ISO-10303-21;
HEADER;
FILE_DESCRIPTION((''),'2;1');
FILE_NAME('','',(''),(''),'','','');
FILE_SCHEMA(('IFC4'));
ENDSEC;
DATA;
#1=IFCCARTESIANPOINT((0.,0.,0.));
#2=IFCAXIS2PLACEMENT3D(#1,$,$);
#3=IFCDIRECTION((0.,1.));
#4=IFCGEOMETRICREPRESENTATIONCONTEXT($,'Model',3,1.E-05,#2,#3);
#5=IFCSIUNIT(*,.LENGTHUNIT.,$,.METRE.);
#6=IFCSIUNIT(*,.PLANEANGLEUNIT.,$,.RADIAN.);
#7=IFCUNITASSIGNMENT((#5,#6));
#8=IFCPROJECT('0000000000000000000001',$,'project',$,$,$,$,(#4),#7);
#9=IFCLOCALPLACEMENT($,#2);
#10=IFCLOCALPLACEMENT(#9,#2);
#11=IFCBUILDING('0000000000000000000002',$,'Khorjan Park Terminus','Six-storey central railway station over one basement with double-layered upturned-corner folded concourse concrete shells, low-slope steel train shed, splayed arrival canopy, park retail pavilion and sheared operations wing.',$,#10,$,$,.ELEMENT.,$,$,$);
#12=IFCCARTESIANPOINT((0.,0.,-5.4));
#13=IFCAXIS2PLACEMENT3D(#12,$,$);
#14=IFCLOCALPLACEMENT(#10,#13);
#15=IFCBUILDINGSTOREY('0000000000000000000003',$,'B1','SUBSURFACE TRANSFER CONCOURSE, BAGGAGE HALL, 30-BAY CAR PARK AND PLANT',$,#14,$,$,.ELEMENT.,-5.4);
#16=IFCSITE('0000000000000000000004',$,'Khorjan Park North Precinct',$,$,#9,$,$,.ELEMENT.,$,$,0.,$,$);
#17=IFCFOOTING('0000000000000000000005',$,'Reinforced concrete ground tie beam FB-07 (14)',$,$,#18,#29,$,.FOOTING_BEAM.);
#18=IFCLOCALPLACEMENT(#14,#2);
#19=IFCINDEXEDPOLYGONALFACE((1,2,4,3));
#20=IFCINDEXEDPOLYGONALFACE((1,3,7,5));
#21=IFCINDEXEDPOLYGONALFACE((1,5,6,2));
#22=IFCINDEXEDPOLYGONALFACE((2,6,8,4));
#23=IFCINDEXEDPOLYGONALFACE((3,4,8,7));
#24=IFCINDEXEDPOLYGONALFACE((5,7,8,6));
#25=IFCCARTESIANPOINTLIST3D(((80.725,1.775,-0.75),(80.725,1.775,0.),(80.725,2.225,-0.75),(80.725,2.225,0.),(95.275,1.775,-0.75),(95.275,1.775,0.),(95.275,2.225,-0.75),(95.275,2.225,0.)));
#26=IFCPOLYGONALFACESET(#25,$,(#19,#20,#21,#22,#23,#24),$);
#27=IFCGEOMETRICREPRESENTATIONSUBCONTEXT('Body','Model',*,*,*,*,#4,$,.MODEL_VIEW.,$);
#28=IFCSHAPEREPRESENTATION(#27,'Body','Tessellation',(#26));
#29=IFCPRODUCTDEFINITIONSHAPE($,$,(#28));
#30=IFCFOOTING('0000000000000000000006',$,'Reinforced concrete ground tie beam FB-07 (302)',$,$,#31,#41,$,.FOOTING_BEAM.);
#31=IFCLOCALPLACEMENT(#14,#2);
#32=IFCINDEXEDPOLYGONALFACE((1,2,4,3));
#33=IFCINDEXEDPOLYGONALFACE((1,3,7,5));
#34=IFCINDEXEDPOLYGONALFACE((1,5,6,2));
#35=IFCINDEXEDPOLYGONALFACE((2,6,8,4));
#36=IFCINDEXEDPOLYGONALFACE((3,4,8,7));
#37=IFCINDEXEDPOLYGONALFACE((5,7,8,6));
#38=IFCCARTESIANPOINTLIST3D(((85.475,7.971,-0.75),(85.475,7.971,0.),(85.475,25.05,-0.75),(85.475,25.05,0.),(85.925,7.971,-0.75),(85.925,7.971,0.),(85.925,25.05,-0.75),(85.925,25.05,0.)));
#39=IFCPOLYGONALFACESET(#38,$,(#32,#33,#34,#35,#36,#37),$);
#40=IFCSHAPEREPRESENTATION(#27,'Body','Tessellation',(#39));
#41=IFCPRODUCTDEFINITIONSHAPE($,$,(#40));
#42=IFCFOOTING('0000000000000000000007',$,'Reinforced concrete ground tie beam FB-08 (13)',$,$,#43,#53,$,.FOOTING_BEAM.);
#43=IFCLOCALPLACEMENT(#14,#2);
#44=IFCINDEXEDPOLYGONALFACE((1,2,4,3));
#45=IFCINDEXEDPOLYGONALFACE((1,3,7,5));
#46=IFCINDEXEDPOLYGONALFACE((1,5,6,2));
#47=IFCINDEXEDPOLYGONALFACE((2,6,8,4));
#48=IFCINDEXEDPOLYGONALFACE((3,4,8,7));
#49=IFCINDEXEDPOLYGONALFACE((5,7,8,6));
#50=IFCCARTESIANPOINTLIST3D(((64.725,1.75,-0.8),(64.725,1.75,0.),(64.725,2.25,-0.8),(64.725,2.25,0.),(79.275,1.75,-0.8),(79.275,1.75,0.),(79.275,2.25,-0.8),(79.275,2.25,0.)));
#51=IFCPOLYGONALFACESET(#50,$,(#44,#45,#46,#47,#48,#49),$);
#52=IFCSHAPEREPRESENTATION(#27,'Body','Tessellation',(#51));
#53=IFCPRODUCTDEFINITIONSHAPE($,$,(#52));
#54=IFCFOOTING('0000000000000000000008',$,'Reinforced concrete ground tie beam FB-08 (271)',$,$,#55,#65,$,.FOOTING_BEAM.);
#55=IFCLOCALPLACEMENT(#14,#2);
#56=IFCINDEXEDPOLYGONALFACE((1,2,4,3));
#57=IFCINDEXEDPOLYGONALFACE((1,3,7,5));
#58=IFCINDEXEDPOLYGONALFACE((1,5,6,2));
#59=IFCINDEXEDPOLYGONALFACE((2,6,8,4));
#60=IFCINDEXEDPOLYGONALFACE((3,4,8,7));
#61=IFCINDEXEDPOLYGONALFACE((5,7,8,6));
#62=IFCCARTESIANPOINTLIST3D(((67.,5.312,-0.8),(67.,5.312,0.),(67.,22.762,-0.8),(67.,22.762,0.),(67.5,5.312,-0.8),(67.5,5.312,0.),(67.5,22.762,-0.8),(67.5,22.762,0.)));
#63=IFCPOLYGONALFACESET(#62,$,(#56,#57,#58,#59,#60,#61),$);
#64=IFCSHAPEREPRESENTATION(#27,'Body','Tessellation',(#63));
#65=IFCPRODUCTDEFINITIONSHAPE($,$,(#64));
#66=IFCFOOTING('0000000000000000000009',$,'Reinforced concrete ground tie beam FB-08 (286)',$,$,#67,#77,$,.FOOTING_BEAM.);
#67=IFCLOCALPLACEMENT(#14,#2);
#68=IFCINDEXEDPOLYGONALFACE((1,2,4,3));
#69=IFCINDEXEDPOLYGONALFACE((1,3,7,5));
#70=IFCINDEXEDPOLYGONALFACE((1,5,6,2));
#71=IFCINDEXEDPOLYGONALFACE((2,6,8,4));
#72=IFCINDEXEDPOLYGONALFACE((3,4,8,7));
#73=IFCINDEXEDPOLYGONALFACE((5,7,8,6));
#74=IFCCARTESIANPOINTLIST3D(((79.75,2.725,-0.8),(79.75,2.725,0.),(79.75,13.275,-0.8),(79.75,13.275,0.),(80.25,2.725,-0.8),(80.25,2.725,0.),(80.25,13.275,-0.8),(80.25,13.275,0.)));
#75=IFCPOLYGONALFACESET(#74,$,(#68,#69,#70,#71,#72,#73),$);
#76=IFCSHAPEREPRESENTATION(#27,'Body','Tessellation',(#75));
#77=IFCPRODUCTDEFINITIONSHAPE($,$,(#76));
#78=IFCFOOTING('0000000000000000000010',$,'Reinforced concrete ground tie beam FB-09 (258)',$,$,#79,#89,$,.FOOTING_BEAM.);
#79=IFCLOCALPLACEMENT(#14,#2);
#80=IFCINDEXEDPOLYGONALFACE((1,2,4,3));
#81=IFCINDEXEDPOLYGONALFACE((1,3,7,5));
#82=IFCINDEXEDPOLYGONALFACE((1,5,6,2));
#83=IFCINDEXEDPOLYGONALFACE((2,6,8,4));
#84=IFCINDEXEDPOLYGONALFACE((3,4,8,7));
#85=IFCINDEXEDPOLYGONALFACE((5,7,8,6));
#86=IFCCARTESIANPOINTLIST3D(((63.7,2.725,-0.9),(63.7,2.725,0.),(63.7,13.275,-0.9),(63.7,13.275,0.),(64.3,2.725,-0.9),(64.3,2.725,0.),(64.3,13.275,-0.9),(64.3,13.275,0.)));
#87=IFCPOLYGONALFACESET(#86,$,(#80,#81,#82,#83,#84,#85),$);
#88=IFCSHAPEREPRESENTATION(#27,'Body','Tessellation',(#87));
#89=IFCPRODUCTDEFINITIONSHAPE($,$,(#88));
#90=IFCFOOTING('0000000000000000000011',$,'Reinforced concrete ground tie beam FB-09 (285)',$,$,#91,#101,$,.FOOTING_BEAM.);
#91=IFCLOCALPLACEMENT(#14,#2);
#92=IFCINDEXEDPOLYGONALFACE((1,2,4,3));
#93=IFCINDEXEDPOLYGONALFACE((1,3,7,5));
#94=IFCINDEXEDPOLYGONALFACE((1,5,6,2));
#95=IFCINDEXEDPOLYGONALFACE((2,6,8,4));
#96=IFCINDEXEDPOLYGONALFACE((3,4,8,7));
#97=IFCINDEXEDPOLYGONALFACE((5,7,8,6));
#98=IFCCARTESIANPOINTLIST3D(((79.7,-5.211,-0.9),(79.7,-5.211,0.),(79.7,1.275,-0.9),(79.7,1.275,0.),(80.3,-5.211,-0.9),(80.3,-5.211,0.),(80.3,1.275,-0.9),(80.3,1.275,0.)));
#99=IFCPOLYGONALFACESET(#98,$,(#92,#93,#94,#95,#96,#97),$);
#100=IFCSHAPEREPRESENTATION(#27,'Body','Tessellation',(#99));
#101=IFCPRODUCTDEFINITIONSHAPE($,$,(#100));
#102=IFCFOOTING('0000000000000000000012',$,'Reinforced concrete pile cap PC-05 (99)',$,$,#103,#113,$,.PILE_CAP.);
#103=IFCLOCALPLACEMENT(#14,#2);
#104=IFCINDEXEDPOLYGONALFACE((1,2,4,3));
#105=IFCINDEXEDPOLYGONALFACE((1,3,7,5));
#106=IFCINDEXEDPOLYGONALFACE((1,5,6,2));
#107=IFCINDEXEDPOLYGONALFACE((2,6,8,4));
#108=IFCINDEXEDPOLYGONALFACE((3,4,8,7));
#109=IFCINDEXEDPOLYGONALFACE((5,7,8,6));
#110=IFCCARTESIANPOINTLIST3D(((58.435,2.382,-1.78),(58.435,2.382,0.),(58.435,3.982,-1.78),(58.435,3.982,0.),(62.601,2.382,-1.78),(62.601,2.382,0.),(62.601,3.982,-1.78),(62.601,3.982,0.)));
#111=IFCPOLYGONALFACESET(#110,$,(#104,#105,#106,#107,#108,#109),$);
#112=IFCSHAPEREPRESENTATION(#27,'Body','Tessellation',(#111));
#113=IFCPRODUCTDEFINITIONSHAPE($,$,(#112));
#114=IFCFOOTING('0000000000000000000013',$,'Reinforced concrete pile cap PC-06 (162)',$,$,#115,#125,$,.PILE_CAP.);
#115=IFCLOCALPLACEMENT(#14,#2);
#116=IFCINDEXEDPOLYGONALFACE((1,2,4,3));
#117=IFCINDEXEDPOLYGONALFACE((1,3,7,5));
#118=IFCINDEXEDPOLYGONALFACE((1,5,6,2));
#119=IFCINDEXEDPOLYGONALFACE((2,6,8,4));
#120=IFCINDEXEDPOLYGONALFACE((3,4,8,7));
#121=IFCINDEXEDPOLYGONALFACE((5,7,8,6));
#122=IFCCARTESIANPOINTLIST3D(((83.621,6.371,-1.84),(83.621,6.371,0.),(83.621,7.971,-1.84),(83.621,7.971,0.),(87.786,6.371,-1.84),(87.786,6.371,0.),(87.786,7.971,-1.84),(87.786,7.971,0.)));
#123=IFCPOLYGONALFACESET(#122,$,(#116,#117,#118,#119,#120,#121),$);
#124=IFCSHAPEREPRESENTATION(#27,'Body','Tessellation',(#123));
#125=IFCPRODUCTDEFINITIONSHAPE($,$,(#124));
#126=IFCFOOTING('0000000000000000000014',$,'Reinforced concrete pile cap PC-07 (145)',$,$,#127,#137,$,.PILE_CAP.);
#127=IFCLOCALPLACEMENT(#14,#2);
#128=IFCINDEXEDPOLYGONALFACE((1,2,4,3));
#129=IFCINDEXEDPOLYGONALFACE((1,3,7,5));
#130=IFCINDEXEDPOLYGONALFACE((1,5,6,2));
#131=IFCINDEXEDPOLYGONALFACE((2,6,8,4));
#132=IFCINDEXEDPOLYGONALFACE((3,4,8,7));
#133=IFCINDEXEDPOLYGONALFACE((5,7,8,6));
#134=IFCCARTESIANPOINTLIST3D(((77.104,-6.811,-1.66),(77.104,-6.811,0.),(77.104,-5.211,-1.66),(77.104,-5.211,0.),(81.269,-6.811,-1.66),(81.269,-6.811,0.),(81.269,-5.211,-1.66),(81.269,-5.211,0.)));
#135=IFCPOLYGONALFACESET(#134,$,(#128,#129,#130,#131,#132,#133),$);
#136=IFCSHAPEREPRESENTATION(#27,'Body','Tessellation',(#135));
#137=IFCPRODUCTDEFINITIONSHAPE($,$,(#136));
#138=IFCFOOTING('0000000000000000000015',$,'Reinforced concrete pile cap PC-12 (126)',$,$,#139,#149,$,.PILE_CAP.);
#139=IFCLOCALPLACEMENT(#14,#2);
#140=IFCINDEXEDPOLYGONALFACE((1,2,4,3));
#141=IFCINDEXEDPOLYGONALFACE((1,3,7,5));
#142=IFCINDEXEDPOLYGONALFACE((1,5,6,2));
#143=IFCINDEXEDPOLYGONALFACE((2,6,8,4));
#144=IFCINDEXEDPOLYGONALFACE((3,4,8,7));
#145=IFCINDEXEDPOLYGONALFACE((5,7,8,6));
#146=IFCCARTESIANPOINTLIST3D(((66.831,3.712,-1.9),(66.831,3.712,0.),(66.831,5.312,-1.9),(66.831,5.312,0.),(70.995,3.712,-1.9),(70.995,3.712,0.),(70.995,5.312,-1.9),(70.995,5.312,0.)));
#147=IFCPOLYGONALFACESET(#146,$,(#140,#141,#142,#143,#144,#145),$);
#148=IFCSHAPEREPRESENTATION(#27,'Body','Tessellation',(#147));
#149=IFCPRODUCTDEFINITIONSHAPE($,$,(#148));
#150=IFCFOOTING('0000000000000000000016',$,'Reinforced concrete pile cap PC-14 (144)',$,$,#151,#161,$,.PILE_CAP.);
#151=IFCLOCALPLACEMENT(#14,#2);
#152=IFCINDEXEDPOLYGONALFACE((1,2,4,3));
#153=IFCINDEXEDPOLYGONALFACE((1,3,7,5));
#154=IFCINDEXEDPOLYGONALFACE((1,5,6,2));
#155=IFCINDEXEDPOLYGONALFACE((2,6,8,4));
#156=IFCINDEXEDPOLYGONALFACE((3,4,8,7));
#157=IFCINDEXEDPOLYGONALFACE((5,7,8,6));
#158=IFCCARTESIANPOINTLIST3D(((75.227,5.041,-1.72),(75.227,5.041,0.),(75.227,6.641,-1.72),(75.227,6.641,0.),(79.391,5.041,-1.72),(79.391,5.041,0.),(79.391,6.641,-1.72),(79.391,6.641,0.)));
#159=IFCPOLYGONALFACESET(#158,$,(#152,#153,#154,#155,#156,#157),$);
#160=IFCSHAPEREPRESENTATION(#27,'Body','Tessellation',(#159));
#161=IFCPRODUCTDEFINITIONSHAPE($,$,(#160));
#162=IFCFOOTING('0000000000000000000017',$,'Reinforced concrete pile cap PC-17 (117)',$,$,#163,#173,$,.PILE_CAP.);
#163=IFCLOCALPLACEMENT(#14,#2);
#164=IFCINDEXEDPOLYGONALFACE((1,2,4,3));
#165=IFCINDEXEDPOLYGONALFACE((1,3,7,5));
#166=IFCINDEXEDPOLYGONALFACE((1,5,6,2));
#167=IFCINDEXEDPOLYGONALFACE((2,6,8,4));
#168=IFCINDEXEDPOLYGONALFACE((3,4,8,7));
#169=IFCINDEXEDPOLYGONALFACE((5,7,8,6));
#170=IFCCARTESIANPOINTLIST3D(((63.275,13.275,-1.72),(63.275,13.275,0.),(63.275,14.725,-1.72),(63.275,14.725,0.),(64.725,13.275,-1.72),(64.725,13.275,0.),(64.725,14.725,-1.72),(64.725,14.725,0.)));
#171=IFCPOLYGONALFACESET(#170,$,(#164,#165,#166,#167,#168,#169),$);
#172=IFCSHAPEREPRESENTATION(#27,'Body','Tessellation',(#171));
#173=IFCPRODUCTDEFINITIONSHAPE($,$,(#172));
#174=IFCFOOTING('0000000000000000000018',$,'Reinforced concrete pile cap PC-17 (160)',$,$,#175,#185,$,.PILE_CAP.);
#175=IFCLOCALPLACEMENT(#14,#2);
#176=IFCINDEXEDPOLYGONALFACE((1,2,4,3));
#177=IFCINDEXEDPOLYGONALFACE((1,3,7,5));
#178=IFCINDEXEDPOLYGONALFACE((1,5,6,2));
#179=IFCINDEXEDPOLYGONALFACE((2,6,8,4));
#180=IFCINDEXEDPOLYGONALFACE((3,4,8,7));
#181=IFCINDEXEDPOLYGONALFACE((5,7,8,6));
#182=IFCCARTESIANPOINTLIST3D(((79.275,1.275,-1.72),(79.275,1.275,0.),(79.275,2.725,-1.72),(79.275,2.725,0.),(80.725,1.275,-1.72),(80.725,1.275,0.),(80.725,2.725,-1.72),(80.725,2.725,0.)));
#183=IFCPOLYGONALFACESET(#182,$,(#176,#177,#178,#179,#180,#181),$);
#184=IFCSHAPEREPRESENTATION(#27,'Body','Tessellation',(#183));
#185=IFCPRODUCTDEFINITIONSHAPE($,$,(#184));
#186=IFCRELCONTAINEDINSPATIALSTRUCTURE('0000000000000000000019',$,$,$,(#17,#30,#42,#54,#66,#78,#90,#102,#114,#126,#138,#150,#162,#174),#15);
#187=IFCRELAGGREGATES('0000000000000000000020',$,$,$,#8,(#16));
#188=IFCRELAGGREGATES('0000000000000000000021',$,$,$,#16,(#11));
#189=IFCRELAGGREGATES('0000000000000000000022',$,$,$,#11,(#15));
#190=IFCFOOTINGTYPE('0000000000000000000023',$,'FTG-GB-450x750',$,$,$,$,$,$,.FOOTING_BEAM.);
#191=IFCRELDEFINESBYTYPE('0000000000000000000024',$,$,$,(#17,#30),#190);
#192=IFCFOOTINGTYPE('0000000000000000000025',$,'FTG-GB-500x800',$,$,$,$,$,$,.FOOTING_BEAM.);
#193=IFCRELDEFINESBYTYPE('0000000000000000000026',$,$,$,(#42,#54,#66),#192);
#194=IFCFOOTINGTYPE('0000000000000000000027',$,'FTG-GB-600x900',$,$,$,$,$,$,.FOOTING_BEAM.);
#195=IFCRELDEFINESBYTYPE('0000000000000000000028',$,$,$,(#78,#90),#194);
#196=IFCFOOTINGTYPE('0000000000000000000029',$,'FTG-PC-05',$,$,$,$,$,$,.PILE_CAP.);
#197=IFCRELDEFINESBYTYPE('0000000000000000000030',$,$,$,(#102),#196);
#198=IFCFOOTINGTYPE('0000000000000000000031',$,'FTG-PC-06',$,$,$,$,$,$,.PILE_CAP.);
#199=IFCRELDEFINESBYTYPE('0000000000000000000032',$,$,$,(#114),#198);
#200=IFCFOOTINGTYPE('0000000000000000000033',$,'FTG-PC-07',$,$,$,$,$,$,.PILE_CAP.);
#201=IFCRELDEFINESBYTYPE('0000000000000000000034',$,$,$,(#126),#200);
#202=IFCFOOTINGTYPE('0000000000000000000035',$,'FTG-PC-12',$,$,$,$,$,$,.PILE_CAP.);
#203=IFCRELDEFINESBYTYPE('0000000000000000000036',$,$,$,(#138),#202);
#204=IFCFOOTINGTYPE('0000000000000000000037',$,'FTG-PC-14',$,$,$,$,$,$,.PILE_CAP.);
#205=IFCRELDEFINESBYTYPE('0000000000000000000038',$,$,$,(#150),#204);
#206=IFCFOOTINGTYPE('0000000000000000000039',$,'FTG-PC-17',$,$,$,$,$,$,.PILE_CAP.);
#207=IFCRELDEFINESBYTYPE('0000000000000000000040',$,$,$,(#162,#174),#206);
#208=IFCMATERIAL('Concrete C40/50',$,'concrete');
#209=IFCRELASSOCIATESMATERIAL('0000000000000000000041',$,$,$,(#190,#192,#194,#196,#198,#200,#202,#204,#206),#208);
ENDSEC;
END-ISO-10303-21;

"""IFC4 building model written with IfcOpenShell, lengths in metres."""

from ifc_helpers import new_model, si_unit, direction, frame, origin, origin_2d, place, context, subcontext, project, spatial, rectangle, extrude, material, material_profile, profile_set, type_object, element, save


model = new_model("IFC4")

# Units and contexts
model_context = context("Model", 3, precision=1e-05, world=origin(), true_north=direction((0.0, 1.0)))
body_context = subcontext(model_context, "Body", "Model", "MODEL_VIEW")
ifc_project = project(units=[si_unit("LENGTHUNIT", "METRE"), si_unit("PLANEANGLEUNIT", "RADIAN")], contexts=[model_context])

# Site, building, storey
site_placement = place(None, origin())
site = spatial("IfcSite", under=ifc_project, at=site_placement, Name="Khorjan Park North Precinct", CompositionType="ELEMENT", RefElevation=0.0)
building_placement = place(site_placement, origin())
building = spatial("IfcBuilding", under=site, at=building_placement, Name="Khorjan Park Terminus", Description="Six-storey central railway station over one basement with double-layered upturned-corner folded concourse concrete shells, low-slope steel train shed, splayed arrival canopy, park retail pavilion and sheared operations wing.", CompositionType="ELEMENT")
storey_placement = place(building_placement, frame((0.0, 0.0, -5.4)))
storey = spatial("IfcBuildingStorey", under=building, at=storey_placement, Name="B1", Description="SUBSURFACE TRANSFER CONCOURSE, BAGGAGE HALL, 30-BAY CAR PARK AND PLANT", CompositionType="ELEMENT", Elevation=-5.4)

# Footings
ifc_material_1 = material(Name="Concrete C40/50", Category="concrete")
ifc_material_profile_1 = material_profile(ifc_material_1, rectangle(XDim=0.45, YDim=0.75, at=origin_2d()), Name="RC 450x750")
ifc_profile_set_1 = profile_set([ifc_material_profile_1], Name="Concrete C40/50")
footing_type_1 = type_object("IfcFootingType", Name="FTG-GB-450x750", PredefinedType="FOOTING_BEAM", material=ifc_profile_set_1)
footing_1_placement = place(storey_placement, frame((80.725, 2.0, -0.375), z_axis=(1.0, 0.0, 0.0), x_axis=(0.0, 1.0, 0.0)))
element("IfcFooting", 1, at=footing_1_placement, inside=storey, type_object=footing_type_1, Name="Reinforced concrete ground tie beam FB-07 (14)", PredefinedType="FOOTING_BEAM", context=body_context, shape_type="SweptSolid", body=[
    extrude(rectangle(XDim=0.45, YDim=0.75, at=origin_2d()), origin(), (0.0, 0.0, 1.0), 14.55),
])
footing_2_placement = place(storey_placement, frame((85.7, 7.971, -0.375), z_axis=(0.0, 1.0, 0.0), x_axis=(-1.0, 0.0, 0.0)))
element("IfcFooting", 2, at=footing_2_placement, inside=storey, type_object=footing_type_1, Name="Reinforced concrete ground tie beam FB-07 (302)", PredefinedType="FOOTING_BEAM", context=body_context, shape_type="SweptSolid", body=[
    extrude(rectangle(XDim=0.45, YDim=0.75, at=origin_2d()), origin(), (0.0, 0.0, 1.0), 17.079),
])
ifc_material_profile_2 = material_profile(ifc_material_1, rectangle(XDim=0.5, YDim=0.8, at=origin_2d()), Name="RC 500x800")
ifc_profile_set_2 = profile_set([ifc_material_profile_2], Name="Concrete C40/50")
footing_type_2 = type_object("IfcFootingType", Name="FTG-GB-500x800", PredefinedType="FOOTING_BEAM", material=ifc_profile_set_2)
footing_3_placement = place(storey_placement, frame((64.725, 2.0, -0.4), z_axis=(1.0, 0.0, 0.0), x_axis=(0.0, 1.0, 0.0)))
element("IfcFooting", 3, at=footing_3_placement, inside=storey, type_object=footing_type_2, Name="Reinforced concrete ground tie beam FB-08 (13)", PredefinedType="FOOTING_BEAM", context=body_context, shape_type="SweptSolid", body=[
    extrude(rectangle(XDim=0.5, YDim=0.8, at=origin_2d()), origin(), (0.0, 0.0, 1.0), 14.55),
])
footing_4_placement = place(storey_placement, frame((67.25, 5.312, -0.4), z_axis=(0.0, 1.0, 0.0), x_axis=(-1.0, 0.0, 0.0)))
element("IfcFooting", 4, at=footing_4_placement, inside=storey, type_object=footing_type_2, Name="Reinforced concrete ground tie beam FB-08 (271)", PredefinedType="FOOTING_BEAM", context=body_context, shape_type="SweptSolid", body=[
    extrude(rectangle(XDim=0.5, YDim=0.8, at=origin_2d()), origin(), (0.0, 0.0, 1.0), 17.45),
])
footing_5_placement = place(storey_placement, frame((80.0, 2.725, -0.4), z_axis=(0.0, 1.0, 0.0), x_axis=(-1.0, 0.0, 0.0)))
element("IfcFooting", 5, at=footing_5_placement, inside=storey, type_object=footing_type_2, Name="Reinforced concrete ground tie beam FB-08 (286)", PredefinedType="FOOTING_BEAM", context=body_context, shape_type="SweptSolid", body=[
    extrude(rectangle(XDim=0.5, YDim=0.8, at=origin_2d()), origin(), (0.0, 0.0, 1.0), 10.55),
])
ifc_material_profile_3 = material_profile(ifc_material_1, rectangle(XDim=0.6, YDim=0.9, at=origin_2d()), Name="RC 600x900")
ifc_profile_set_3 = profile_set([ifc_material_profile_3], Name="Concrete C40/50")
footing_type_3 = type_object("IfcFootingType", Name="FTG-GB-600x900", PredefinedType="FOOTING_BEAM", material=ifc_profile_set_3)
footing_6_placement = place(storey_placement, frame((64.0, 2.725, -0.45), z_axis=(0.0, 1.0, 0.0), x_axis=(-1.0, 0.0, 0.0)))
element("IfcFooting", 6, at=footing_6_placement, inside=storey, type_object=footing_type_3, Name="Reinforced concrete ground tie beam FB-09 (258)", PredefinedType="FOOTING_BEAM", context=body_context, shape_type="SweptSolid", body=[
    extrude(rectangle(XDim=0.6, YDim=0.9, at=origin_2d()), origin(), (0.0, 0.0, 1.0), 10.55),
])
footing_7_placement = place(storey_placement, frame((80.0, -5.211, -0.45), z_axis=(0.0, 1.0, 0.0), x_axis=(-1.0, 0.0, 0.0)))
element("IfcFooting", 7, at=footing_7_placement, inside=storey, type_object=footing_type_3, Name="Reinforced concrete ground tie beam FB-09 (285)", PredefinedType="FOOTING_BEAM", context=body_context, shape_type="SweptSolid", body=[
    extrude(rectangle(XDim=0.6, YDim=0.9, at=origin_2d()), origin(), (0.0, 0.0, 1.0), 6.486),
])
footing_type_4 = type_object("IfcFootingType", Name="FTG-PC-05", PredefinedType="PILE_CAP", material=ifc_material_1)
footing_8_placement = place(storey_placement, frame((60.518, 3.182, -1.78), z_axis=(0.0, 0.0, 1.0), x_axis=(1.0, 0.0, 0.0)))
element("IfcFooting", 8, at=footing_8_placement, inside=storey, type_object=footing_type_4, Name="Reinforced concrete pile cap PC-05 (99)", PredefinedType="PILE_CAP", context=body_context, shape_type="SweptSolid", body=[
    extrude(rectangle(XDim=4.166, YDim=1.6, at=origin_2d()), origin(), (0.0, 0.0, 1.0), 1.78),
])
footing_type_5 = type_object("IfcFootingType", Name="FTG-PC-06", PredefinedType="PILE_CAP", material=ifc_material_1)
footing_9_placement = place(storey_placement, frame((85.7035, 7.171, -1.84), z_axis=(0.0, 0.0, 1.0), x_axis=(1.0, 0.0, 0.0)))
element("IfcFooting", 9, at=footing_9_placement, inside=storey, type_object=footing_type_5, Name="Reinforced concrete pile cap PC-06 (162)", PredefinedType="PILE_CAP", context=body_context, shape_type="SweptSolid", body=[
    extrude(rectangle(XDim=4.165, YDim=1.6, at=origin_2d()), origin(), (0.0, 0.0, 1.0), 1.84),
])
footing_type_6 = type_object("IfcFootingType", Name="FTG-PC-07", PredefinedType="PILE_CAP", material=ifc_material_1)
footing_10_placement = place(storey_placement, frame((79.1865, -6.011, -1.66), z_axis=(0.0, 0.0, 1.0), x_axis=(1.0, 0.0, 0.0)))
element("IfcFooting", 10, at=footing_10_placement, inside=storey, type_object=footing_type_6, Name="Reinforced concrete pile cap PC-07 (145)", PredefinedType="PILE_CAP", context=body_context, shape_type="SweptSolid", body=[
    extrude(rectangle(XDim=4.165, YDim=1.6, at=origin_2d()), origin(), (0.0, 0.0, 1.0), 1.66),
])
footing_type_7 = type_object("IfcFootingType", Name="FTG-PC-12", PredefinedType="PILE_CAP", material=ifc_material_1)
footing_11_placement = place(storey_placement, frame((68.913, 4.512, -1.9), z_axis=(0.0, 0.0, 1.0), x_axis=(1.0, 0.0, 0.0)))
element("IfcFooting", 11, at=footing_11_placement, inside=storey, type_object=footing_type_7, Name="Reinforced concrete pile cap PC-12 (126)", PredefinedType="PILE_CAP", context=body_context, shape_type="SweptSolid", body=[
    extrude(rectangle(XDim=4.164, YDim=1.6, at=origin_2d()), origin(), (0.0, 0.0, 1.0), 1.9),
])
footing_type_8 = type_object("IfcFootingType", Name="FTG-PC-14", PredefinedType="PILE_CAP", material=ifc_material_1)
footing_12_placement = place(storey_placement, frame((77.309, 5.841, -1.72), z_axis=(0.0, 0.0, 1.0), x_axis=(1.0, 0.0, 0.0)))
element("IfcFooting", 12, at=footing_12_placement, inside=storey, type_object=footing_type_8, Name="Reinforced concrete pile cap PC-14 (144)", PredefinedType="PILE_CAP", context=body_context, shape_type="SweptSolid", body=[
    extrude(rectangle(XDim=4.164, YDim=1.6, at=origin_2d()), origin(), (0.0, 0.0, 1.0), 1.72),
])
footing_type_9 = type_object("IfcFootingType", Name="FTG-PC-17", PredefinedType="PILE_CAP", material=ifc_material_1)
for number, where, z_axis, x_axis, name in (
    (13, (64.0, 14.0, -1.72), (0.0, 0.0, 1.0), (1.0, 0.0, 0.0), "Reinforced concrete pile cap PC-17 (117)"),
    (14, (80.0, 2.0, -1.72), (0.0, 0.0, 1.0), (1.0, 0.0, 0.0), "Reinforced concrete pile cap PC-17 (160)"),
):
    element("IfcFooting", number, at=place(storey_placement, frame(where, z_axis=z_axis, x_axis=x_axis)), inside=storey, type_object=footing_type_9, Name=name, PredefinedType="PILE_CAP", context=body_context, shape_type="SweptSolid", body=[
        extrude(rectangle(XDim=1.45, YDim=1.45, at=origin_2d()), origin(), (0.0, 0.0, 1.0), 1.72),
    ])

save(model, "model.ifc")
